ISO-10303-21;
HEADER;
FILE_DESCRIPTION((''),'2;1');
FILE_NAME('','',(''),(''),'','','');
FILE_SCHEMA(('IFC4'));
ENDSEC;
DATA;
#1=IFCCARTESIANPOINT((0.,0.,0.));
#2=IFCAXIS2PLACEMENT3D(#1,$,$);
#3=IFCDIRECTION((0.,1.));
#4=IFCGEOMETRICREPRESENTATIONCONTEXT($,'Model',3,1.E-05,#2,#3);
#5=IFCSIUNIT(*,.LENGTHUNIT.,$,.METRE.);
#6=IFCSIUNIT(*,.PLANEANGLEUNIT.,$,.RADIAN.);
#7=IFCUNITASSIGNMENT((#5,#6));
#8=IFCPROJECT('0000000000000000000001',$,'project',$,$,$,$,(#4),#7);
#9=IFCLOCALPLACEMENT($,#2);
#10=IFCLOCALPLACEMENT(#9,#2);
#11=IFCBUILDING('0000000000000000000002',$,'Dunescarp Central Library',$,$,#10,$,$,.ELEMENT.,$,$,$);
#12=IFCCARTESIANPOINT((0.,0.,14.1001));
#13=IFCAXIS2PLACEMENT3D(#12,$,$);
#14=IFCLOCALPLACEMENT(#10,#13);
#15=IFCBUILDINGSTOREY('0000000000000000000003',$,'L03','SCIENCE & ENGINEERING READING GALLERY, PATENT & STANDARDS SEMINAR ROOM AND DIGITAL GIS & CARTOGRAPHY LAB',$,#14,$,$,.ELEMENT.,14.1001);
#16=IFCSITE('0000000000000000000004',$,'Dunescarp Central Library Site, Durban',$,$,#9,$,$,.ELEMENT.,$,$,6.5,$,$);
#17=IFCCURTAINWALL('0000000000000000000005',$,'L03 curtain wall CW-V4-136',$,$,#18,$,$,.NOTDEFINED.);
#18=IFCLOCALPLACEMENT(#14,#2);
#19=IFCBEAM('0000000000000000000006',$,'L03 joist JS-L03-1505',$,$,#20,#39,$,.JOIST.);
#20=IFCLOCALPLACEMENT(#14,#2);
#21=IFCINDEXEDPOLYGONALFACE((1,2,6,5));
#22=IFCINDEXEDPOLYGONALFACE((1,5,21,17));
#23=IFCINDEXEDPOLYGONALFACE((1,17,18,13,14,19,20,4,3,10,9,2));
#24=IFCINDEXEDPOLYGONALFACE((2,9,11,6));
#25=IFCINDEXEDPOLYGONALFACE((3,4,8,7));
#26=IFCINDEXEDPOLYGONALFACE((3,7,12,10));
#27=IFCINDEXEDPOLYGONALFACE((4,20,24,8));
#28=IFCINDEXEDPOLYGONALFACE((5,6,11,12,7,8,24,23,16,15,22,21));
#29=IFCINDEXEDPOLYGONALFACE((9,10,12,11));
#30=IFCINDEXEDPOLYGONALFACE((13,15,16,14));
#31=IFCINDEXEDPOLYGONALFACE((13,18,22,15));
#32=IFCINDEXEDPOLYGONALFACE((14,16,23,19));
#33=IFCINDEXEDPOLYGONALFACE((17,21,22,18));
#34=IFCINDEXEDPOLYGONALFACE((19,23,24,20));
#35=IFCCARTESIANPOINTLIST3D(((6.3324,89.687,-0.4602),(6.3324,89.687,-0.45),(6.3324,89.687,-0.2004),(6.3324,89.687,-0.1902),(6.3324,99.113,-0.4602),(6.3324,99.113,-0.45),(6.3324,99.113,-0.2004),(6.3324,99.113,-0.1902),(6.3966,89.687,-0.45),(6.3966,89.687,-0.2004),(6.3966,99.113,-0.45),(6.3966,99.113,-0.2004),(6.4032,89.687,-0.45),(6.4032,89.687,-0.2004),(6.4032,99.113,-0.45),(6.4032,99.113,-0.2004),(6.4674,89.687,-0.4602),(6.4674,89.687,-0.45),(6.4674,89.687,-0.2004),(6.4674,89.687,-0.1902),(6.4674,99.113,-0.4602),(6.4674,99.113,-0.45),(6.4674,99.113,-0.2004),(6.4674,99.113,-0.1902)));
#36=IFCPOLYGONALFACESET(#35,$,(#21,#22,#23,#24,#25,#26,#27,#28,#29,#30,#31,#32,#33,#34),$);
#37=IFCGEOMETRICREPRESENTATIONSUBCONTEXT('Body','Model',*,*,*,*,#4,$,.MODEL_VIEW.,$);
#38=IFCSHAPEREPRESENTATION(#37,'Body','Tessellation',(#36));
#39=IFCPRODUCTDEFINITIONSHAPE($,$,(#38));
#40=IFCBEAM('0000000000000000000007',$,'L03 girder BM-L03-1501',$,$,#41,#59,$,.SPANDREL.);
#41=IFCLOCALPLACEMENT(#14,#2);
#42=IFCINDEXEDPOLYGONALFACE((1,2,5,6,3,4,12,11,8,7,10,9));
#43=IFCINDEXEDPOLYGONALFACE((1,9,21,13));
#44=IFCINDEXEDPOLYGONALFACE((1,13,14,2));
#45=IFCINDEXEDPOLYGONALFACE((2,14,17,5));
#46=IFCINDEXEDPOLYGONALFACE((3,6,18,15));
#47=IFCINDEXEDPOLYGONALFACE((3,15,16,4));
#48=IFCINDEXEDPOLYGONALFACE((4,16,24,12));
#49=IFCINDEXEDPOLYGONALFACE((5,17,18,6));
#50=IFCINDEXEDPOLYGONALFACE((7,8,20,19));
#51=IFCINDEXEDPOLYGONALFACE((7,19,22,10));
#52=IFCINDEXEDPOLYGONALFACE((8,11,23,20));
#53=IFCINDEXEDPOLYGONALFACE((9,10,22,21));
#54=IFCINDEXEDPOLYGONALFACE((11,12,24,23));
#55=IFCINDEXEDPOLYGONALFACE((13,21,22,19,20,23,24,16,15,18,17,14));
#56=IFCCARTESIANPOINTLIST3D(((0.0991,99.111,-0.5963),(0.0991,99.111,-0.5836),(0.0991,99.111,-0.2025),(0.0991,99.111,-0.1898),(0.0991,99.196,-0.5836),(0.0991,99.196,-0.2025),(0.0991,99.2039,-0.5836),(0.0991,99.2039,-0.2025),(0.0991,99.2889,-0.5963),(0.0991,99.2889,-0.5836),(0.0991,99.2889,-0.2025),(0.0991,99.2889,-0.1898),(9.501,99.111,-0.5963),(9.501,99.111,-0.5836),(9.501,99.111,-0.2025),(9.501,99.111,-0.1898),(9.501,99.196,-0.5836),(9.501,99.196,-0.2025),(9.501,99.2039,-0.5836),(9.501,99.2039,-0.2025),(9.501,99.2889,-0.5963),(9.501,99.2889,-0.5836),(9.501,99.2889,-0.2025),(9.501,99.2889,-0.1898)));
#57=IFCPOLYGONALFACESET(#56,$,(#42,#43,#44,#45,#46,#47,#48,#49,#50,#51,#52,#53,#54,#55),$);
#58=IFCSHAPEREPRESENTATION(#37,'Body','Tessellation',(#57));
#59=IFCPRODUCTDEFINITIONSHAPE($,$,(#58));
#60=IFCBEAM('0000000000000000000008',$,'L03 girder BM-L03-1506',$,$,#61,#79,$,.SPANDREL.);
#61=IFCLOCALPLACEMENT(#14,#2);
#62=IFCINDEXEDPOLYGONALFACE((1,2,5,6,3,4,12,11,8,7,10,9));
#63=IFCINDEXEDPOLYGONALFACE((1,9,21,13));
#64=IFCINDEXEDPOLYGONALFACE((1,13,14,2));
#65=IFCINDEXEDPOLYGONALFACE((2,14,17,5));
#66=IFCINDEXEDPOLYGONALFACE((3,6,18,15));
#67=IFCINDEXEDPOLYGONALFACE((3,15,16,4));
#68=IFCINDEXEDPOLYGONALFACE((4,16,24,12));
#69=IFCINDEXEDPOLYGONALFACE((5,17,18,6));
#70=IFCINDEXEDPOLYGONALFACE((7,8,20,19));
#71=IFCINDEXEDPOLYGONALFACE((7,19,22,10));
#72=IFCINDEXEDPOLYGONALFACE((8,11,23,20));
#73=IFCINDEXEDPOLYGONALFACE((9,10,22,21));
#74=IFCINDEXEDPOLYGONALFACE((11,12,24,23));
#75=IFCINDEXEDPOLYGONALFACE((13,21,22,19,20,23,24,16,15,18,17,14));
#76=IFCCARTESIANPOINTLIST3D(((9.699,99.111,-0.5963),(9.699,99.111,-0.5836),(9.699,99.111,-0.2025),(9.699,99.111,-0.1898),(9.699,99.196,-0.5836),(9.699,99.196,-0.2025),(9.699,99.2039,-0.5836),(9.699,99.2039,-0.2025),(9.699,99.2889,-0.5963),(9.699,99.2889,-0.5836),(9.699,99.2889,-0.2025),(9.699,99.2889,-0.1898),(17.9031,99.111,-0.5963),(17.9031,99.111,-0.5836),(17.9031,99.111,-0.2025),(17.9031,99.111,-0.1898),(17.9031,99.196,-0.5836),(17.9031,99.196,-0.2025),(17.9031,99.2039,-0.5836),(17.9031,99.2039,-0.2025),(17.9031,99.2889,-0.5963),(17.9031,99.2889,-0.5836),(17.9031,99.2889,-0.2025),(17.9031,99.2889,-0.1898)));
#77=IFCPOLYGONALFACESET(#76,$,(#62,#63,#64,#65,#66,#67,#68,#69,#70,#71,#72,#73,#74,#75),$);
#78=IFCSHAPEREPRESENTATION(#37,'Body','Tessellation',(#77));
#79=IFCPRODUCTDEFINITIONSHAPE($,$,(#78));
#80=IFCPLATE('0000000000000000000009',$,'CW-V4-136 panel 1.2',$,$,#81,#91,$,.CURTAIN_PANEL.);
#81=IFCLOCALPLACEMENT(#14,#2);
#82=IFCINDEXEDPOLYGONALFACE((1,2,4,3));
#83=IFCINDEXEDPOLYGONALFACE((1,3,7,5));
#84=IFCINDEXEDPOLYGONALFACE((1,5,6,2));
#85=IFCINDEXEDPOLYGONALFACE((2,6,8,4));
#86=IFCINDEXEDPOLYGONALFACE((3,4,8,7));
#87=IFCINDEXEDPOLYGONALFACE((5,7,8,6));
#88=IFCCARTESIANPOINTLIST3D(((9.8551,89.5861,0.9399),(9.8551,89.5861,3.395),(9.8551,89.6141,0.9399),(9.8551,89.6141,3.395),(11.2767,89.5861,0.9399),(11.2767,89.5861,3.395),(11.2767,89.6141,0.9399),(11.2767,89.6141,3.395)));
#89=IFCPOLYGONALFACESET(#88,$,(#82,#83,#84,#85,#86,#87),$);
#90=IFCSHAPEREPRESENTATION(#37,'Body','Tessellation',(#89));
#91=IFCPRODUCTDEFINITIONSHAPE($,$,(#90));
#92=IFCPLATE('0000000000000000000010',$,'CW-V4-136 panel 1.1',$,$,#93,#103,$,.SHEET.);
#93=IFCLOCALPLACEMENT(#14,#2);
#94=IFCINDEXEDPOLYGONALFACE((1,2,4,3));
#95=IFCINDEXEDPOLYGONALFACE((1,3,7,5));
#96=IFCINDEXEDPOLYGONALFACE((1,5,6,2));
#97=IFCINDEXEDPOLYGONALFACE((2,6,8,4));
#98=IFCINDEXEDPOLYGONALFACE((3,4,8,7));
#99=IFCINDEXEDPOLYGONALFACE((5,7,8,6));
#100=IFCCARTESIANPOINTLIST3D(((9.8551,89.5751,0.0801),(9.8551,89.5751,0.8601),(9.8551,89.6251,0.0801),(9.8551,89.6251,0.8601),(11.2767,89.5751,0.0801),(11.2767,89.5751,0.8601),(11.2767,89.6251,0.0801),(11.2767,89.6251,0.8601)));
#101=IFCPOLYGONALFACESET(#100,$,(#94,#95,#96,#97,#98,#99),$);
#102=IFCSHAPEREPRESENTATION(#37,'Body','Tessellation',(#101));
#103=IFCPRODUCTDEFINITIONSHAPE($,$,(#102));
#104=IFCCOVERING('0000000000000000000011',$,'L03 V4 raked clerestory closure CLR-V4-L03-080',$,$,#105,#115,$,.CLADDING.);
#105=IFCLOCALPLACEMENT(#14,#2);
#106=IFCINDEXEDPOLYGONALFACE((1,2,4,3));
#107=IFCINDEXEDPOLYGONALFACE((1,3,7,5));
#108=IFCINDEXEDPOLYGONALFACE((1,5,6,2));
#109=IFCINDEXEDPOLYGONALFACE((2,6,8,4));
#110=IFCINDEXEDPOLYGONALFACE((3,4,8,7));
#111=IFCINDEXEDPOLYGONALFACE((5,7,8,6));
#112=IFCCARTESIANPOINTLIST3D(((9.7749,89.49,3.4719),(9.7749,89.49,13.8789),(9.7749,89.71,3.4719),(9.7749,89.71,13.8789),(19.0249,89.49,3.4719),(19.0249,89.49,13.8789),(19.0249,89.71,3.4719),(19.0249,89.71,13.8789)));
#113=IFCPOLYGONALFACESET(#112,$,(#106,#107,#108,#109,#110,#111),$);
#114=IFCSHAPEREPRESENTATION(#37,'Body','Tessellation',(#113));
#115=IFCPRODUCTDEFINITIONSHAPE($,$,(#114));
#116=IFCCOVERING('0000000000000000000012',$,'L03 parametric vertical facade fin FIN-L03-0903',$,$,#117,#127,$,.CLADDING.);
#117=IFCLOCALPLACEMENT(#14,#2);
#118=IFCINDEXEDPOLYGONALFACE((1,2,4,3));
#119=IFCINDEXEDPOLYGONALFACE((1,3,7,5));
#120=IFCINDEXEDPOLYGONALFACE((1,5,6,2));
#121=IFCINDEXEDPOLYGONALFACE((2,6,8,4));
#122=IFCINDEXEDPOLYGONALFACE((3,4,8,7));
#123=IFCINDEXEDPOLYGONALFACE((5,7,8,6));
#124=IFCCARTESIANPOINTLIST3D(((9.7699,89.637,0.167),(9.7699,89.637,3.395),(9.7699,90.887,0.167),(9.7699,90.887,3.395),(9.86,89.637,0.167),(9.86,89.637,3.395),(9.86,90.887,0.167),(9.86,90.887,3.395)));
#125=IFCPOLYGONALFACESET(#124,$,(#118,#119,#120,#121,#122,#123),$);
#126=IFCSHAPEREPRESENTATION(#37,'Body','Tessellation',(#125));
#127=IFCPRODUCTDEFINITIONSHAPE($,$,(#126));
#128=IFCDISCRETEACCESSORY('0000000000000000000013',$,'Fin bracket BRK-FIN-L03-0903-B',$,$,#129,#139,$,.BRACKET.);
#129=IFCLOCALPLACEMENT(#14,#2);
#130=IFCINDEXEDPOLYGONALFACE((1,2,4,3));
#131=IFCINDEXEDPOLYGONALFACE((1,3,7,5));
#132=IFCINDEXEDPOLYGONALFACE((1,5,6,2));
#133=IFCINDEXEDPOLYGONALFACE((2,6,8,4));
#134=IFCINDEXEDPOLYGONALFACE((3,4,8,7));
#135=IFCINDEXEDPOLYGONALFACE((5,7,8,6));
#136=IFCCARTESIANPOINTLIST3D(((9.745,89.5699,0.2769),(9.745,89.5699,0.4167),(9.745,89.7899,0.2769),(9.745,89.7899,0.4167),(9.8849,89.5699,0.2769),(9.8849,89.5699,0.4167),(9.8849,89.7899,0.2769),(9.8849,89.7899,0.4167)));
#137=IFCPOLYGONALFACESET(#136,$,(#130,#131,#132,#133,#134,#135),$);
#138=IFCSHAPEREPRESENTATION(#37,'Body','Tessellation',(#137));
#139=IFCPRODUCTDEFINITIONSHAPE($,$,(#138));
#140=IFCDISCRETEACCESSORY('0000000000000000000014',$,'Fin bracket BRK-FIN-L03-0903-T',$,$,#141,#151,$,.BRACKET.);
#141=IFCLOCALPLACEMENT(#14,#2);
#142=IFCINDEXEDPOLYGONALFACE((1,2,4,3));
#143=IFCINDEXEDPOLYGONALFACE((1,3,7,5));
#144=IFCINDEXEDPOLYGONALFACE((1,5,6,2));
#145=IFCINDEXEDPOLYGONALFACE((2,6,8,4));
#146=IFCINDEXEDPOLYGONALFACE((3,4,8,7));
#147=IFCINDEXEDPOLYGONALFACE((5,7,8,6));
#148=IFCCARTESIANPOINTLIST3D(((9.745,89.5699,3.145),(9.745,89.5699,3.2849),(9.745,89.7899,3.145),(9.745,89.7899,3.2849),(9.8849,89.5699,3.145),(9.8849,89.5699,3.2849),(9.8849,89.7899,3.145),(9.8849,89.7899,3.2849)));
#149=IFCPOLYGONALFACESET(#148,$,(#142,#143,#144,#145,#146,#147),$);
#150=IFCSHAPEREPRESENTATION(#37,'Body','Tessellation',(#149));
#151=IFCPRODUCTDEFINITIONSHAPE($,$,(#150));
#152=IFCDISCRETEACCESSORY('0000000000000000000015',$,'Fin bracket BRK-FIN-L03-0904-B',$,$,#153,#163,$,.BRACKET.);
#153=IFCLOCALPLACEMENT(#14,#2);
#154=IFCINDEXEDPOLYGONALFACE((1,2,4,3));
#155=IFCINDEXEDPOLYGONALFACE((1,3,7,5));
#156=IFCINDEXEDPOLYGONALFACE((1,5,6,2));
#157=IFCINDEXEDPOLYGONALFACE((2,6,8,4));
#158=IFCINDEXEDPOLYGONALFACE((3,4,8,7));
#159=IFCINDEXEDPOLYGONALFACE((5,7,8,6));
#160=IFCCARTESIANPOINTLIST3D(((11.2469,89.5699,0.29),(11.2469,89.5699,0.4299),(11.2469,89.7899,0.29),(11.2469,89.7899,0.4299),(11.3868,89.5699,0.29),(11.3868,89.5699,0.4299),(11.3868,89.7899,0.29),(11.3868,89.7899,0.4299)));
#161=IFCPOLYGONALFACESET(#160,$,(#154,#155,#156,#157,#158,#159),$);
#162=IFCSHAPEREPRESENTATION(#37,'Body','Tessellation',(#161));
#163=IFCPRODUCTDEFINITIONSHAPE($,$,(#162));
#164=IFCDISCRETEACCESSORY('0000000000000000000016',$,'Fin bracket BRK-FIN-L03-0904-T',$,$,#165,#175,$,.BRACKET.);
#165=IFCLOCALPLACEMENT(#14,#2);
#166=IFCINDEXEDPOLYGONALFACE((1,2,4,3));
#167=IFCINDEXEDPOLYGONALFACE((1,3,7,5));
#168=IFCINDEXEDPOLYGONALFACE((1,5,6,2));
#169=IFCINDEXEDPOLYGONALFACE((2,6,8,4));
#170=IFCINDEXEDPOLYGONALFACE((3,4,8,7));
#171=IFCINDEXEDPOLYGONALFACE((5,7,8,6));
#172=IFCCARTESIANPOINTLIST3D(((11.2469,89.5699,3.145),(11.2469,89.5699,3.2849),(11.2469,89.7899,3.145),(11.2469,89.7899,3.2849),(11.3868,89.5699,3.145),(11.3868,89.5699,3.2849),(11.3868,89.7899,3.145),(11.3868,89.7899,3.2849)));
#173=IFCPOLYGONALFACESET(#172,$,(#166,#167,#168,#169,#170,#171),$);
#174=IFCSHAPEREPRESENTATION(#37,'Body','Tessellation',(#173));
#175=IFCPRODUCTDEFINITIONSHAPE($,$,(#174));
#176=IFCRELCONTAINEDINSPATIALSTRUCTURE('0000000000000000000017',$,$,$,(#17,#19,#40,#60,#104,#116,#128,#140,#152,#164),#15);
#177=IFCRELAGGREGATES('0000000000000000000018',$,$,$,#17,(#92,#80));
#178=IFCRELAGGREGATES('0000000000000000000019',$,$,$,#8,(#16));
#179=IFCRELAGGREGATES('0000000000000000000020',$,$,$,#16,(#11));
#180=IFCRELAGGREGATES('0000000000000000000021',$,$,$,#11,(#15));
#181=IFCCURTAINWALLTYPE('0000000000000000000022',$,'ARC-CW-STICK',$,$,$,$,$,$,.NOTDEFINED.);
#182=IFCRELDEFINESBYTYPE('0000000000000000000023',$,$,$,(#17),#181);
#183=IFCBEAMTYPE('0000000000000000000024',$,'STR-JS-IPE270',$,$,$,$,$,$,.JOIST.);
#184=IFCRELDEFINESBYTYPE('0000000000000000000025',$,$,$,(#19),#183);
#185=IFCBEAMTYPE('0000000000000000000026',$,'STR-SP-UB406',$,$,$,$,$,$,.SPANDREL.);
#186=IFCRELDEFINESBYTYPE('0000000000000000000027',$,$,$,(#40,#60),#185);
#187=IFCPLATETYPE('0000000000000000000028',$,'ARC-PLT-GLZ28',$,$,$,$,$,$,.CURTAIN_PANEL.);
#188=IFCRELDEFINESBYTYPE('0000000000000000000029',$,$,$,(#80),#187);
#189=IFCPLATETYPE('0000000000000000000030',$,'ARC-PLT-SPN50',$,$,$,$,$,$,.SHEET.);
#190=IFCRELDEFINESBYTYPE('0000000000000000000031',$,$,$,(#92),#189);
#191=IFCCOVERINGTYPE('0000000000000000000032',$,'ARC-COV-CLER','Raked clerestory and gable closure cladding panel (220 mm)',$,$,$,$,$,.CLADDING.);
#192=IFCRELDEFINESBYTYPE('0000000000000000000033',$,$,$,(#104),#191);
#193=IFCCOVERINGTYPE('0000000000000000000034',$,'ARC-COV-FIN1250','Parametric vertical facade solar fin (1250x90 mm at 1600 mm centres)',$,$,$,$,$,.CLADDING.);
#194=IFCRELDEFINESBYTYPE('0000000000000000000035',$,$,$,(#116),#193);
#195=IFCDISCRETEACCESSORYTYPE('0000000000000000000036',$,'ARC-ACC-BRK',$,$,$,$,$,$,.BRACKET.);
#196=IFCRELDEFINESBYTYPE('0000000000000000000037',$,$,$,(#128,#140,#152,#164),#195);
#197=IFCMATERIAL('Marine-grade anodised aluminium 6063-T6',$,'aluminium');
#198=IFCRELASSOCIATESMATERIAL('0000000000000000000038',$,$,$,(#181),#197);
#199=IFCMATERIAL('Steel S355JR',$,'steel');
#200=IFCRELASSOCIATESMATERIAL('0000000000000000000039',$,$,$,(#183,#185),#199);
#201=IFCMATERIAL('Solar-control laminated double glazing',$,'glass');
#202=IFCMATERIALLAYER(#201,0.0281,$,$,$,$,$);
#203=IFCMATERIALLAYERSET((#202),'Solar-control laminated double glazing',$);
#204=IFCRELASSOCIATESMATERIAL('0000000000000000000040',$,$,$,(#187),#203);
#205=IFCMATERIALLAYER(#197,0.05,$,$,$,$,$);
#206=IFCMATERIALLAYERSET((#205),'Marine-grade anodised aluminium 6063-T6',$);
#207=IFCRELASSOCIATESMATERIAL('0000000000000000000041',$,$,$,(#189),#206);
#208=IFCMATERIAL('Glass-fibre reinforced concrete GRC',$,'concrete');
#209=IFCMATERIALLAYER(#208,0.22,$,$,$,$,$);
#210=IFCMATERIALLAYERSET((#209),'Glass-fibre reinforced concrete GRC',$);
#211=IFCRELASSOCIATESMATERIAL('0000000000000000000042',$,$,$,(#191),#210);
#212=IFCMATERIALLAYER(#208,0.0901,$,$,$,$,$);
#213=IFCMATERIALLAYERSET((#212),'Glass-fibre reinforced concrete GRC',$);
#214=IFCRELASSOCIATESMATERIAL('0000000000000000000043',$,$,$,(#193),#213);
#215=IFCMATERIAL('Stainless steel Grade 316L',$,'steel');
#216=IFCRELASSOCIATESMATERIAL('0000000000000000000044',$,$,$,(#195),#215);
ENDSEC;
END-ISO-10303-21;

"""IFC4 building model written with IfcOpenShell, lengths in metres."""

from ifc_helpers import new_model, si_unit, direction, frame, origin, origin_2d, place, context, subcontext, project, spatial, polyline, rectangle, i_section, outline, extrude, material, layer, layer_set, material_profile, profile_set, type_object, element, aggregate, save


model = new_model("IFC4")

# Units and contexts
model_context = context("Model", 3, precision=1e-05, world=origin(), true_north=direction((0.0, 1.0)))
body_context = subcontext(model_context, "Body", "Model", "MODEL_VIEW")
ifc_project = project(units=[si_unit("LENGTHUNIT", "METRE"), si_unit("PLANEANGLEUNIT", "RADIAN")], contexts=[model_context])

# Site, building, storey
site_placement = place(None, origin())
site = spatial("IfcSite", under=ifc_project, at=site_placement, Name="Dunescarp Central Library Site, Durban", CompositionType="ELEMENT", RefElevation=6.5)
building_placement = place(site_placement, origin())
building = spatial("IfcBuilding", under=site, at=building_placement, Name="Dunescarp Central Library", CompositionType="ELEMENT")
storey_placement = place(building_placement, frame((0.0, 0.0, 14.1001)))
storey = spatial("IfcBuildingStorey", under=building, at=storey_placement, Name="L03", Description="SCIENCE & ENGINEERING READING GALLERY, PATENT & STANDARDS SEMINAR ROOM AND DIGITAL GIS & CARTOGRAPHY LAB", CompositionType="ELEMENT", Elevation=14.1001)

# Shared definitions
ifc_material_1 = material(Name="Steel S355JR", Category="steel")

# Curtain wall
ifc_material_2 = material(Name="Marine-grade anodised aluminium 6063-T6", Category="aluminium")
curtain_wall_type = type_object("IfcCurtainWallType", Name="ARC-CW-STICK", PredefinedType="NOTDEFINED", material=ifc_material_2)
curtain_wall_placement = place(storey_placement, origin())
curtain_wall = element("IfcCurtainWall", 1, at=curtain_wall_placement, inside=storey, type_object=curtain_wall_type, Name="L03 curtain wall CW-V4-136", PredefinedType="NOTDEFINED")

# Beams
ifc_material_profile_1 = material_profile(ifc_material_1, i_section(OverallWidth=0.135, OverallDepth=0.27, WebThickness=0.0066, FlangeThickness=0.0103, at=origin_2d()), Name="IPE 270")
ifc_profile_set_1 = profile_set([ifc_material_profile_1], Name="Steel S355JR")
beam_type_1 = type_object("IfcBeamType", Name="STR-JS-IPE270", PredefinedType="JOIST", material=ifc_profile_set_1)
for number, where, z_axis, x_axis, name in (
    (2, (6.3999, 89.687, -0.3252), (0.0, 1.0, 0.0), (-1.0, 0.0, 0.0), "L03 joist JS-L03-1505"),
):
    element("IfcBeam", number, at=place(storey_placement, frame(where, z_axis=z_axis, x_axis=x_axis)), inside=storey, type_object=beam_type_1, Name=name, PredefinedType="JOIST", context=body_context, shape_type="SweptSolid", body=[
        extrude(i_section(OverallWidth=0.135, OverallDepth=0.27, WebThickness=0.0066, FlangeThickness=0.0103, at=origin_2d()), origin(), (0.0, 0.0, 1.0), 9.426),
    ])
ifc_material_profile_2 = material_profile(ifc_material_1, i_section(OverallWidth=0.178, OverallDepth=0.4065, WebThickness=0.0078, FlangeThickness=0.0127, at=origin_2d()), Name="UB 406x178x60")
ifc_profile_set_2 = profile_set([ifc_material_profile_2], Name="Steel S355JR")
beam_type_2 = type_object("IfcBeamType", Name="STR-SP-UB406", PredefinedType="SPANDREL", material=ifc_profile_set_2)
beam_1_placement = place(storey_placement, frame((0.0991, 99.2, -0.3931), z_axis=(1.0, 0.0, 0.0), x_axis=(0.0, 1.0, 0.0)))
element("IfcBeam", 3, at=beam_1_placement, inside=storey, type_object=beam_type_2, Name="L03 girder BM-L03-1501", PredefinedType="SPANDREL", context=body_context, shape_type="SweptSolid", body=[
    extrude(i_section(OverallWidth=0.178, OverallDepth=0.4065, WebThickness=0.0078, FlangeThickness=0.0127, at=origin_2d()), origin(), (0.0, 0.0, 1.0), 9.4019),
])
beam_2_placement = place(storey_placement, frame((9.699, 99.2, -0.3931), z_axis=(1.0, 0.0, 0.0), x_axis=(0.0, 1.0, 0.0)))
element("IfcBeam", 4, at=beam_2_placement, inside=storey, type_object=beam_type_2, Name="L03 girder BM-L03-1506", PredefinedType="SPANDREL", context=body_context, shape_type="SweptSolid", body=[
    extrude(i_section(OverallWidth=0.178, OverallDepth=0.4065, WebThickness=0.0078, FlangeThickness=0.0127, at=origin_2d()), origin(), (0.0, 0.0, 1.0), 8.2041),
])

# Plates
ifc_material_3 = material(Name="Solar-control laminated double glazing", Category="glass")
ifc_layer_1 = layer(ifc_material_3, 0.0281)
ifc_layer_set_1 = layer_set([ifc_layer_1], Name="Solar-control laminated double glazing")
plate_type_1 = type_object("IfcPlateType", Name="ARC-PLT-GLZ28", PredefinedType="CURTAIN_PANEL", material=ifc_layer_set_1)
plate_1_placement = place(storey_placement, frame((10.5659, 89.6001, 0.9399), z_axis=(0.0, 0.0, 1.0), x_axis=(1.0, 0.0, 0.0)))
plate_1 = element("IfcPlate", 5, at=plate_1_placement, type_object=plate_type_1, Name="CW-V4-136 panel 1.2", PredefinedType="CURTAIN_PANEL", context=body_context, shape_type="SweptSolid", body=[
    extrude(rectangle(XDim=1.4216, YDim=0.0281, at=origin_2d()), origin(), (0.0, 0.0, 1.0), 2.4551),
])
ifc_layer_2 = layer(ifc_material_2, 0.05)
ifc_layer_set_2 = layer_set([ifc_layer_2], Name="Marine-grade anodised aluminium 6063-T6")
plate_type_2 = type_object("IfcPlateType", Name="ARC-PLT-SPN50", PredefinedType="SHEET", material=ifc_layer_set_2)
plate_2_placement = place(storey_placement, frame((10.5659, 89.6001, 0.0801), z_axis=(0.0, 0.0, 1.0), x_axis=(1.0, 0.0, 0.0)))
plate_2 = element("IfcPlate", 6, at=plate_2_placement, type_object=plate_type_2, Name="CW-V4-136 panel 1.1", PredefinedType="SHEET", context=body_context, shape_type="SweptSolid", body=[
    extrude(rectangle(XDim=1.4216, YDim=0.05, at=origin_2d()), origin(), (0.0, 0.0, 1.0), 0.78),
])
aggregate(curtain_wall, [plate_2, plate_1])

# Coverings
ifc_material_4 = material(Name="Glass-fibre reinforced concrete GRC", Category="concrete")
ifc_layer_3 = layer(ifc_material_4, 0.22)
ifc_layer_set_3 = layer_set([ifc_layer_3], Name="Glass-fibre reinforced concrete GRC")
covering_type_1 = type_object("IfcCoveringType", Name="ARC-COV-CLER", Description="Raked clerestory and gable closure cladding panel (220 mm)", PredefinedType="CLADDING", material=ifc_layer_set_3)
covering_1_placement = place(storey_placement, frame((9.7749, 89.6001, 3.4719), z_axis=(0.0, 0.0, 1.0), x_axis=(1.0, 0.0, 0.0)))
element("IfcCovering", 7, at=covering_1_placement, inside=storey, type_object=covering_type_1, Name="L03 V4 raked clerestory closure CLR-V4-L03-080", PredefinedType="CLADDING", context=body_context, shape_type="SweptSolid", body=[
    extrude(outline(polyline([(0.0, 0.0), (9.25, 0.0), (9.25, 10.407), (0.0, 10.407), (0.0, 0.0)])), frame((0.0, 0.1099, 0.0), z_axis=(0.0, -1.0, 0.0), x_axis=(1.0, 0.0, 0.0)), (0.0, 0.0, 1.0), 0.22),
])
ifc_layer_4 = layer(ifc_material_4, 0.0901)
ifc_layer_set_4 = layer_set([ifc_layer_4], Name="Glass-fibre reinforced concrete GRC")
covering_type_2 = type_object("IfcCoveringType", Name="ARC-COV-FIN1250", Description="Parametric vertical facade solar fin (1250x90 mm at 1600 mm centres)", PredefinedType="CLADDING", material=ifc_layer_set_4)
covering_2_placement = place(storey_placement, frame((9.8149, 90.262, 0.167), z_axis=(0.0, 0.0, 1.0), x_axis=(0.0, 1.0, 0.0)))
element("IfcCovering", 8, at=covering_2_placement, inside=storey, type_object=covering_type_2, Name="L03 parametric vertical facade fin FIN-L03-0903", PredefinedType="CLADDING", context=body_context, shape_type="SweptSolid", body=[
    extrude(rectangle(XDim=1.25, YDim=0.0901, at=origin_2d()), origin(), (0.0, 0.0, 1.0), 3.228),
])

# Shared definitions
ifc_material_5 = material(Name="Stainless steel Grade 316L", Category="steel")

# Discrete accessories
discrete_accessory_type = type_object("IfcDiscreteAccessoryType", Name="ARC-ACC-BRK", PredefinedType="BRACKET", material=ifc_material_5)
for number, where, z_axis, x_axis, name in (
    (9, (9.8149, 89.6799, 0.2769), (0.0, 0.0, 1.0), (0.0, 1.0, 0.0), "Fin bracket BRK-FIN-L03-0903-B"),
    (10, (9.8149, 89.6799, 3.145), (0.0, 0.0, 1.0), (0.0, 1.0, 0.0), "Fin bracket BRK-FIN-L03-0903-T"),
    (11, (11.3169, 89.6799, 0.29), (0.0, 0.0, 1.0), (0.0, 1.0, 0.0), "Fin bracket BRK-FIN-L03-0904-B"),
    (12, (11.3169, 89.6799, 3.145), (0.0, 0.0, 1.0), (0.0, 1.0, 0.0), "Fin bracket BRK-FIN-L03-0904-T"),
):
    element("IfcDiscreteAccessory", number, at=place(storey_placement, frame(where, z_axis=z_axis, x_axis=x_axis)), inside=storey, type_object=discrete_accessory_type, Name=name, PredefinedType="BRACKET", context=body_context, shape_type="SweptSolid", body=[
        extrude(rectangle(XDim=0.22, YDim=0.1399, at=origin_2d()), origin(), (0.0, 0.0, 1.0), 0.1399),
    ])

save(model, "model.ifc")
